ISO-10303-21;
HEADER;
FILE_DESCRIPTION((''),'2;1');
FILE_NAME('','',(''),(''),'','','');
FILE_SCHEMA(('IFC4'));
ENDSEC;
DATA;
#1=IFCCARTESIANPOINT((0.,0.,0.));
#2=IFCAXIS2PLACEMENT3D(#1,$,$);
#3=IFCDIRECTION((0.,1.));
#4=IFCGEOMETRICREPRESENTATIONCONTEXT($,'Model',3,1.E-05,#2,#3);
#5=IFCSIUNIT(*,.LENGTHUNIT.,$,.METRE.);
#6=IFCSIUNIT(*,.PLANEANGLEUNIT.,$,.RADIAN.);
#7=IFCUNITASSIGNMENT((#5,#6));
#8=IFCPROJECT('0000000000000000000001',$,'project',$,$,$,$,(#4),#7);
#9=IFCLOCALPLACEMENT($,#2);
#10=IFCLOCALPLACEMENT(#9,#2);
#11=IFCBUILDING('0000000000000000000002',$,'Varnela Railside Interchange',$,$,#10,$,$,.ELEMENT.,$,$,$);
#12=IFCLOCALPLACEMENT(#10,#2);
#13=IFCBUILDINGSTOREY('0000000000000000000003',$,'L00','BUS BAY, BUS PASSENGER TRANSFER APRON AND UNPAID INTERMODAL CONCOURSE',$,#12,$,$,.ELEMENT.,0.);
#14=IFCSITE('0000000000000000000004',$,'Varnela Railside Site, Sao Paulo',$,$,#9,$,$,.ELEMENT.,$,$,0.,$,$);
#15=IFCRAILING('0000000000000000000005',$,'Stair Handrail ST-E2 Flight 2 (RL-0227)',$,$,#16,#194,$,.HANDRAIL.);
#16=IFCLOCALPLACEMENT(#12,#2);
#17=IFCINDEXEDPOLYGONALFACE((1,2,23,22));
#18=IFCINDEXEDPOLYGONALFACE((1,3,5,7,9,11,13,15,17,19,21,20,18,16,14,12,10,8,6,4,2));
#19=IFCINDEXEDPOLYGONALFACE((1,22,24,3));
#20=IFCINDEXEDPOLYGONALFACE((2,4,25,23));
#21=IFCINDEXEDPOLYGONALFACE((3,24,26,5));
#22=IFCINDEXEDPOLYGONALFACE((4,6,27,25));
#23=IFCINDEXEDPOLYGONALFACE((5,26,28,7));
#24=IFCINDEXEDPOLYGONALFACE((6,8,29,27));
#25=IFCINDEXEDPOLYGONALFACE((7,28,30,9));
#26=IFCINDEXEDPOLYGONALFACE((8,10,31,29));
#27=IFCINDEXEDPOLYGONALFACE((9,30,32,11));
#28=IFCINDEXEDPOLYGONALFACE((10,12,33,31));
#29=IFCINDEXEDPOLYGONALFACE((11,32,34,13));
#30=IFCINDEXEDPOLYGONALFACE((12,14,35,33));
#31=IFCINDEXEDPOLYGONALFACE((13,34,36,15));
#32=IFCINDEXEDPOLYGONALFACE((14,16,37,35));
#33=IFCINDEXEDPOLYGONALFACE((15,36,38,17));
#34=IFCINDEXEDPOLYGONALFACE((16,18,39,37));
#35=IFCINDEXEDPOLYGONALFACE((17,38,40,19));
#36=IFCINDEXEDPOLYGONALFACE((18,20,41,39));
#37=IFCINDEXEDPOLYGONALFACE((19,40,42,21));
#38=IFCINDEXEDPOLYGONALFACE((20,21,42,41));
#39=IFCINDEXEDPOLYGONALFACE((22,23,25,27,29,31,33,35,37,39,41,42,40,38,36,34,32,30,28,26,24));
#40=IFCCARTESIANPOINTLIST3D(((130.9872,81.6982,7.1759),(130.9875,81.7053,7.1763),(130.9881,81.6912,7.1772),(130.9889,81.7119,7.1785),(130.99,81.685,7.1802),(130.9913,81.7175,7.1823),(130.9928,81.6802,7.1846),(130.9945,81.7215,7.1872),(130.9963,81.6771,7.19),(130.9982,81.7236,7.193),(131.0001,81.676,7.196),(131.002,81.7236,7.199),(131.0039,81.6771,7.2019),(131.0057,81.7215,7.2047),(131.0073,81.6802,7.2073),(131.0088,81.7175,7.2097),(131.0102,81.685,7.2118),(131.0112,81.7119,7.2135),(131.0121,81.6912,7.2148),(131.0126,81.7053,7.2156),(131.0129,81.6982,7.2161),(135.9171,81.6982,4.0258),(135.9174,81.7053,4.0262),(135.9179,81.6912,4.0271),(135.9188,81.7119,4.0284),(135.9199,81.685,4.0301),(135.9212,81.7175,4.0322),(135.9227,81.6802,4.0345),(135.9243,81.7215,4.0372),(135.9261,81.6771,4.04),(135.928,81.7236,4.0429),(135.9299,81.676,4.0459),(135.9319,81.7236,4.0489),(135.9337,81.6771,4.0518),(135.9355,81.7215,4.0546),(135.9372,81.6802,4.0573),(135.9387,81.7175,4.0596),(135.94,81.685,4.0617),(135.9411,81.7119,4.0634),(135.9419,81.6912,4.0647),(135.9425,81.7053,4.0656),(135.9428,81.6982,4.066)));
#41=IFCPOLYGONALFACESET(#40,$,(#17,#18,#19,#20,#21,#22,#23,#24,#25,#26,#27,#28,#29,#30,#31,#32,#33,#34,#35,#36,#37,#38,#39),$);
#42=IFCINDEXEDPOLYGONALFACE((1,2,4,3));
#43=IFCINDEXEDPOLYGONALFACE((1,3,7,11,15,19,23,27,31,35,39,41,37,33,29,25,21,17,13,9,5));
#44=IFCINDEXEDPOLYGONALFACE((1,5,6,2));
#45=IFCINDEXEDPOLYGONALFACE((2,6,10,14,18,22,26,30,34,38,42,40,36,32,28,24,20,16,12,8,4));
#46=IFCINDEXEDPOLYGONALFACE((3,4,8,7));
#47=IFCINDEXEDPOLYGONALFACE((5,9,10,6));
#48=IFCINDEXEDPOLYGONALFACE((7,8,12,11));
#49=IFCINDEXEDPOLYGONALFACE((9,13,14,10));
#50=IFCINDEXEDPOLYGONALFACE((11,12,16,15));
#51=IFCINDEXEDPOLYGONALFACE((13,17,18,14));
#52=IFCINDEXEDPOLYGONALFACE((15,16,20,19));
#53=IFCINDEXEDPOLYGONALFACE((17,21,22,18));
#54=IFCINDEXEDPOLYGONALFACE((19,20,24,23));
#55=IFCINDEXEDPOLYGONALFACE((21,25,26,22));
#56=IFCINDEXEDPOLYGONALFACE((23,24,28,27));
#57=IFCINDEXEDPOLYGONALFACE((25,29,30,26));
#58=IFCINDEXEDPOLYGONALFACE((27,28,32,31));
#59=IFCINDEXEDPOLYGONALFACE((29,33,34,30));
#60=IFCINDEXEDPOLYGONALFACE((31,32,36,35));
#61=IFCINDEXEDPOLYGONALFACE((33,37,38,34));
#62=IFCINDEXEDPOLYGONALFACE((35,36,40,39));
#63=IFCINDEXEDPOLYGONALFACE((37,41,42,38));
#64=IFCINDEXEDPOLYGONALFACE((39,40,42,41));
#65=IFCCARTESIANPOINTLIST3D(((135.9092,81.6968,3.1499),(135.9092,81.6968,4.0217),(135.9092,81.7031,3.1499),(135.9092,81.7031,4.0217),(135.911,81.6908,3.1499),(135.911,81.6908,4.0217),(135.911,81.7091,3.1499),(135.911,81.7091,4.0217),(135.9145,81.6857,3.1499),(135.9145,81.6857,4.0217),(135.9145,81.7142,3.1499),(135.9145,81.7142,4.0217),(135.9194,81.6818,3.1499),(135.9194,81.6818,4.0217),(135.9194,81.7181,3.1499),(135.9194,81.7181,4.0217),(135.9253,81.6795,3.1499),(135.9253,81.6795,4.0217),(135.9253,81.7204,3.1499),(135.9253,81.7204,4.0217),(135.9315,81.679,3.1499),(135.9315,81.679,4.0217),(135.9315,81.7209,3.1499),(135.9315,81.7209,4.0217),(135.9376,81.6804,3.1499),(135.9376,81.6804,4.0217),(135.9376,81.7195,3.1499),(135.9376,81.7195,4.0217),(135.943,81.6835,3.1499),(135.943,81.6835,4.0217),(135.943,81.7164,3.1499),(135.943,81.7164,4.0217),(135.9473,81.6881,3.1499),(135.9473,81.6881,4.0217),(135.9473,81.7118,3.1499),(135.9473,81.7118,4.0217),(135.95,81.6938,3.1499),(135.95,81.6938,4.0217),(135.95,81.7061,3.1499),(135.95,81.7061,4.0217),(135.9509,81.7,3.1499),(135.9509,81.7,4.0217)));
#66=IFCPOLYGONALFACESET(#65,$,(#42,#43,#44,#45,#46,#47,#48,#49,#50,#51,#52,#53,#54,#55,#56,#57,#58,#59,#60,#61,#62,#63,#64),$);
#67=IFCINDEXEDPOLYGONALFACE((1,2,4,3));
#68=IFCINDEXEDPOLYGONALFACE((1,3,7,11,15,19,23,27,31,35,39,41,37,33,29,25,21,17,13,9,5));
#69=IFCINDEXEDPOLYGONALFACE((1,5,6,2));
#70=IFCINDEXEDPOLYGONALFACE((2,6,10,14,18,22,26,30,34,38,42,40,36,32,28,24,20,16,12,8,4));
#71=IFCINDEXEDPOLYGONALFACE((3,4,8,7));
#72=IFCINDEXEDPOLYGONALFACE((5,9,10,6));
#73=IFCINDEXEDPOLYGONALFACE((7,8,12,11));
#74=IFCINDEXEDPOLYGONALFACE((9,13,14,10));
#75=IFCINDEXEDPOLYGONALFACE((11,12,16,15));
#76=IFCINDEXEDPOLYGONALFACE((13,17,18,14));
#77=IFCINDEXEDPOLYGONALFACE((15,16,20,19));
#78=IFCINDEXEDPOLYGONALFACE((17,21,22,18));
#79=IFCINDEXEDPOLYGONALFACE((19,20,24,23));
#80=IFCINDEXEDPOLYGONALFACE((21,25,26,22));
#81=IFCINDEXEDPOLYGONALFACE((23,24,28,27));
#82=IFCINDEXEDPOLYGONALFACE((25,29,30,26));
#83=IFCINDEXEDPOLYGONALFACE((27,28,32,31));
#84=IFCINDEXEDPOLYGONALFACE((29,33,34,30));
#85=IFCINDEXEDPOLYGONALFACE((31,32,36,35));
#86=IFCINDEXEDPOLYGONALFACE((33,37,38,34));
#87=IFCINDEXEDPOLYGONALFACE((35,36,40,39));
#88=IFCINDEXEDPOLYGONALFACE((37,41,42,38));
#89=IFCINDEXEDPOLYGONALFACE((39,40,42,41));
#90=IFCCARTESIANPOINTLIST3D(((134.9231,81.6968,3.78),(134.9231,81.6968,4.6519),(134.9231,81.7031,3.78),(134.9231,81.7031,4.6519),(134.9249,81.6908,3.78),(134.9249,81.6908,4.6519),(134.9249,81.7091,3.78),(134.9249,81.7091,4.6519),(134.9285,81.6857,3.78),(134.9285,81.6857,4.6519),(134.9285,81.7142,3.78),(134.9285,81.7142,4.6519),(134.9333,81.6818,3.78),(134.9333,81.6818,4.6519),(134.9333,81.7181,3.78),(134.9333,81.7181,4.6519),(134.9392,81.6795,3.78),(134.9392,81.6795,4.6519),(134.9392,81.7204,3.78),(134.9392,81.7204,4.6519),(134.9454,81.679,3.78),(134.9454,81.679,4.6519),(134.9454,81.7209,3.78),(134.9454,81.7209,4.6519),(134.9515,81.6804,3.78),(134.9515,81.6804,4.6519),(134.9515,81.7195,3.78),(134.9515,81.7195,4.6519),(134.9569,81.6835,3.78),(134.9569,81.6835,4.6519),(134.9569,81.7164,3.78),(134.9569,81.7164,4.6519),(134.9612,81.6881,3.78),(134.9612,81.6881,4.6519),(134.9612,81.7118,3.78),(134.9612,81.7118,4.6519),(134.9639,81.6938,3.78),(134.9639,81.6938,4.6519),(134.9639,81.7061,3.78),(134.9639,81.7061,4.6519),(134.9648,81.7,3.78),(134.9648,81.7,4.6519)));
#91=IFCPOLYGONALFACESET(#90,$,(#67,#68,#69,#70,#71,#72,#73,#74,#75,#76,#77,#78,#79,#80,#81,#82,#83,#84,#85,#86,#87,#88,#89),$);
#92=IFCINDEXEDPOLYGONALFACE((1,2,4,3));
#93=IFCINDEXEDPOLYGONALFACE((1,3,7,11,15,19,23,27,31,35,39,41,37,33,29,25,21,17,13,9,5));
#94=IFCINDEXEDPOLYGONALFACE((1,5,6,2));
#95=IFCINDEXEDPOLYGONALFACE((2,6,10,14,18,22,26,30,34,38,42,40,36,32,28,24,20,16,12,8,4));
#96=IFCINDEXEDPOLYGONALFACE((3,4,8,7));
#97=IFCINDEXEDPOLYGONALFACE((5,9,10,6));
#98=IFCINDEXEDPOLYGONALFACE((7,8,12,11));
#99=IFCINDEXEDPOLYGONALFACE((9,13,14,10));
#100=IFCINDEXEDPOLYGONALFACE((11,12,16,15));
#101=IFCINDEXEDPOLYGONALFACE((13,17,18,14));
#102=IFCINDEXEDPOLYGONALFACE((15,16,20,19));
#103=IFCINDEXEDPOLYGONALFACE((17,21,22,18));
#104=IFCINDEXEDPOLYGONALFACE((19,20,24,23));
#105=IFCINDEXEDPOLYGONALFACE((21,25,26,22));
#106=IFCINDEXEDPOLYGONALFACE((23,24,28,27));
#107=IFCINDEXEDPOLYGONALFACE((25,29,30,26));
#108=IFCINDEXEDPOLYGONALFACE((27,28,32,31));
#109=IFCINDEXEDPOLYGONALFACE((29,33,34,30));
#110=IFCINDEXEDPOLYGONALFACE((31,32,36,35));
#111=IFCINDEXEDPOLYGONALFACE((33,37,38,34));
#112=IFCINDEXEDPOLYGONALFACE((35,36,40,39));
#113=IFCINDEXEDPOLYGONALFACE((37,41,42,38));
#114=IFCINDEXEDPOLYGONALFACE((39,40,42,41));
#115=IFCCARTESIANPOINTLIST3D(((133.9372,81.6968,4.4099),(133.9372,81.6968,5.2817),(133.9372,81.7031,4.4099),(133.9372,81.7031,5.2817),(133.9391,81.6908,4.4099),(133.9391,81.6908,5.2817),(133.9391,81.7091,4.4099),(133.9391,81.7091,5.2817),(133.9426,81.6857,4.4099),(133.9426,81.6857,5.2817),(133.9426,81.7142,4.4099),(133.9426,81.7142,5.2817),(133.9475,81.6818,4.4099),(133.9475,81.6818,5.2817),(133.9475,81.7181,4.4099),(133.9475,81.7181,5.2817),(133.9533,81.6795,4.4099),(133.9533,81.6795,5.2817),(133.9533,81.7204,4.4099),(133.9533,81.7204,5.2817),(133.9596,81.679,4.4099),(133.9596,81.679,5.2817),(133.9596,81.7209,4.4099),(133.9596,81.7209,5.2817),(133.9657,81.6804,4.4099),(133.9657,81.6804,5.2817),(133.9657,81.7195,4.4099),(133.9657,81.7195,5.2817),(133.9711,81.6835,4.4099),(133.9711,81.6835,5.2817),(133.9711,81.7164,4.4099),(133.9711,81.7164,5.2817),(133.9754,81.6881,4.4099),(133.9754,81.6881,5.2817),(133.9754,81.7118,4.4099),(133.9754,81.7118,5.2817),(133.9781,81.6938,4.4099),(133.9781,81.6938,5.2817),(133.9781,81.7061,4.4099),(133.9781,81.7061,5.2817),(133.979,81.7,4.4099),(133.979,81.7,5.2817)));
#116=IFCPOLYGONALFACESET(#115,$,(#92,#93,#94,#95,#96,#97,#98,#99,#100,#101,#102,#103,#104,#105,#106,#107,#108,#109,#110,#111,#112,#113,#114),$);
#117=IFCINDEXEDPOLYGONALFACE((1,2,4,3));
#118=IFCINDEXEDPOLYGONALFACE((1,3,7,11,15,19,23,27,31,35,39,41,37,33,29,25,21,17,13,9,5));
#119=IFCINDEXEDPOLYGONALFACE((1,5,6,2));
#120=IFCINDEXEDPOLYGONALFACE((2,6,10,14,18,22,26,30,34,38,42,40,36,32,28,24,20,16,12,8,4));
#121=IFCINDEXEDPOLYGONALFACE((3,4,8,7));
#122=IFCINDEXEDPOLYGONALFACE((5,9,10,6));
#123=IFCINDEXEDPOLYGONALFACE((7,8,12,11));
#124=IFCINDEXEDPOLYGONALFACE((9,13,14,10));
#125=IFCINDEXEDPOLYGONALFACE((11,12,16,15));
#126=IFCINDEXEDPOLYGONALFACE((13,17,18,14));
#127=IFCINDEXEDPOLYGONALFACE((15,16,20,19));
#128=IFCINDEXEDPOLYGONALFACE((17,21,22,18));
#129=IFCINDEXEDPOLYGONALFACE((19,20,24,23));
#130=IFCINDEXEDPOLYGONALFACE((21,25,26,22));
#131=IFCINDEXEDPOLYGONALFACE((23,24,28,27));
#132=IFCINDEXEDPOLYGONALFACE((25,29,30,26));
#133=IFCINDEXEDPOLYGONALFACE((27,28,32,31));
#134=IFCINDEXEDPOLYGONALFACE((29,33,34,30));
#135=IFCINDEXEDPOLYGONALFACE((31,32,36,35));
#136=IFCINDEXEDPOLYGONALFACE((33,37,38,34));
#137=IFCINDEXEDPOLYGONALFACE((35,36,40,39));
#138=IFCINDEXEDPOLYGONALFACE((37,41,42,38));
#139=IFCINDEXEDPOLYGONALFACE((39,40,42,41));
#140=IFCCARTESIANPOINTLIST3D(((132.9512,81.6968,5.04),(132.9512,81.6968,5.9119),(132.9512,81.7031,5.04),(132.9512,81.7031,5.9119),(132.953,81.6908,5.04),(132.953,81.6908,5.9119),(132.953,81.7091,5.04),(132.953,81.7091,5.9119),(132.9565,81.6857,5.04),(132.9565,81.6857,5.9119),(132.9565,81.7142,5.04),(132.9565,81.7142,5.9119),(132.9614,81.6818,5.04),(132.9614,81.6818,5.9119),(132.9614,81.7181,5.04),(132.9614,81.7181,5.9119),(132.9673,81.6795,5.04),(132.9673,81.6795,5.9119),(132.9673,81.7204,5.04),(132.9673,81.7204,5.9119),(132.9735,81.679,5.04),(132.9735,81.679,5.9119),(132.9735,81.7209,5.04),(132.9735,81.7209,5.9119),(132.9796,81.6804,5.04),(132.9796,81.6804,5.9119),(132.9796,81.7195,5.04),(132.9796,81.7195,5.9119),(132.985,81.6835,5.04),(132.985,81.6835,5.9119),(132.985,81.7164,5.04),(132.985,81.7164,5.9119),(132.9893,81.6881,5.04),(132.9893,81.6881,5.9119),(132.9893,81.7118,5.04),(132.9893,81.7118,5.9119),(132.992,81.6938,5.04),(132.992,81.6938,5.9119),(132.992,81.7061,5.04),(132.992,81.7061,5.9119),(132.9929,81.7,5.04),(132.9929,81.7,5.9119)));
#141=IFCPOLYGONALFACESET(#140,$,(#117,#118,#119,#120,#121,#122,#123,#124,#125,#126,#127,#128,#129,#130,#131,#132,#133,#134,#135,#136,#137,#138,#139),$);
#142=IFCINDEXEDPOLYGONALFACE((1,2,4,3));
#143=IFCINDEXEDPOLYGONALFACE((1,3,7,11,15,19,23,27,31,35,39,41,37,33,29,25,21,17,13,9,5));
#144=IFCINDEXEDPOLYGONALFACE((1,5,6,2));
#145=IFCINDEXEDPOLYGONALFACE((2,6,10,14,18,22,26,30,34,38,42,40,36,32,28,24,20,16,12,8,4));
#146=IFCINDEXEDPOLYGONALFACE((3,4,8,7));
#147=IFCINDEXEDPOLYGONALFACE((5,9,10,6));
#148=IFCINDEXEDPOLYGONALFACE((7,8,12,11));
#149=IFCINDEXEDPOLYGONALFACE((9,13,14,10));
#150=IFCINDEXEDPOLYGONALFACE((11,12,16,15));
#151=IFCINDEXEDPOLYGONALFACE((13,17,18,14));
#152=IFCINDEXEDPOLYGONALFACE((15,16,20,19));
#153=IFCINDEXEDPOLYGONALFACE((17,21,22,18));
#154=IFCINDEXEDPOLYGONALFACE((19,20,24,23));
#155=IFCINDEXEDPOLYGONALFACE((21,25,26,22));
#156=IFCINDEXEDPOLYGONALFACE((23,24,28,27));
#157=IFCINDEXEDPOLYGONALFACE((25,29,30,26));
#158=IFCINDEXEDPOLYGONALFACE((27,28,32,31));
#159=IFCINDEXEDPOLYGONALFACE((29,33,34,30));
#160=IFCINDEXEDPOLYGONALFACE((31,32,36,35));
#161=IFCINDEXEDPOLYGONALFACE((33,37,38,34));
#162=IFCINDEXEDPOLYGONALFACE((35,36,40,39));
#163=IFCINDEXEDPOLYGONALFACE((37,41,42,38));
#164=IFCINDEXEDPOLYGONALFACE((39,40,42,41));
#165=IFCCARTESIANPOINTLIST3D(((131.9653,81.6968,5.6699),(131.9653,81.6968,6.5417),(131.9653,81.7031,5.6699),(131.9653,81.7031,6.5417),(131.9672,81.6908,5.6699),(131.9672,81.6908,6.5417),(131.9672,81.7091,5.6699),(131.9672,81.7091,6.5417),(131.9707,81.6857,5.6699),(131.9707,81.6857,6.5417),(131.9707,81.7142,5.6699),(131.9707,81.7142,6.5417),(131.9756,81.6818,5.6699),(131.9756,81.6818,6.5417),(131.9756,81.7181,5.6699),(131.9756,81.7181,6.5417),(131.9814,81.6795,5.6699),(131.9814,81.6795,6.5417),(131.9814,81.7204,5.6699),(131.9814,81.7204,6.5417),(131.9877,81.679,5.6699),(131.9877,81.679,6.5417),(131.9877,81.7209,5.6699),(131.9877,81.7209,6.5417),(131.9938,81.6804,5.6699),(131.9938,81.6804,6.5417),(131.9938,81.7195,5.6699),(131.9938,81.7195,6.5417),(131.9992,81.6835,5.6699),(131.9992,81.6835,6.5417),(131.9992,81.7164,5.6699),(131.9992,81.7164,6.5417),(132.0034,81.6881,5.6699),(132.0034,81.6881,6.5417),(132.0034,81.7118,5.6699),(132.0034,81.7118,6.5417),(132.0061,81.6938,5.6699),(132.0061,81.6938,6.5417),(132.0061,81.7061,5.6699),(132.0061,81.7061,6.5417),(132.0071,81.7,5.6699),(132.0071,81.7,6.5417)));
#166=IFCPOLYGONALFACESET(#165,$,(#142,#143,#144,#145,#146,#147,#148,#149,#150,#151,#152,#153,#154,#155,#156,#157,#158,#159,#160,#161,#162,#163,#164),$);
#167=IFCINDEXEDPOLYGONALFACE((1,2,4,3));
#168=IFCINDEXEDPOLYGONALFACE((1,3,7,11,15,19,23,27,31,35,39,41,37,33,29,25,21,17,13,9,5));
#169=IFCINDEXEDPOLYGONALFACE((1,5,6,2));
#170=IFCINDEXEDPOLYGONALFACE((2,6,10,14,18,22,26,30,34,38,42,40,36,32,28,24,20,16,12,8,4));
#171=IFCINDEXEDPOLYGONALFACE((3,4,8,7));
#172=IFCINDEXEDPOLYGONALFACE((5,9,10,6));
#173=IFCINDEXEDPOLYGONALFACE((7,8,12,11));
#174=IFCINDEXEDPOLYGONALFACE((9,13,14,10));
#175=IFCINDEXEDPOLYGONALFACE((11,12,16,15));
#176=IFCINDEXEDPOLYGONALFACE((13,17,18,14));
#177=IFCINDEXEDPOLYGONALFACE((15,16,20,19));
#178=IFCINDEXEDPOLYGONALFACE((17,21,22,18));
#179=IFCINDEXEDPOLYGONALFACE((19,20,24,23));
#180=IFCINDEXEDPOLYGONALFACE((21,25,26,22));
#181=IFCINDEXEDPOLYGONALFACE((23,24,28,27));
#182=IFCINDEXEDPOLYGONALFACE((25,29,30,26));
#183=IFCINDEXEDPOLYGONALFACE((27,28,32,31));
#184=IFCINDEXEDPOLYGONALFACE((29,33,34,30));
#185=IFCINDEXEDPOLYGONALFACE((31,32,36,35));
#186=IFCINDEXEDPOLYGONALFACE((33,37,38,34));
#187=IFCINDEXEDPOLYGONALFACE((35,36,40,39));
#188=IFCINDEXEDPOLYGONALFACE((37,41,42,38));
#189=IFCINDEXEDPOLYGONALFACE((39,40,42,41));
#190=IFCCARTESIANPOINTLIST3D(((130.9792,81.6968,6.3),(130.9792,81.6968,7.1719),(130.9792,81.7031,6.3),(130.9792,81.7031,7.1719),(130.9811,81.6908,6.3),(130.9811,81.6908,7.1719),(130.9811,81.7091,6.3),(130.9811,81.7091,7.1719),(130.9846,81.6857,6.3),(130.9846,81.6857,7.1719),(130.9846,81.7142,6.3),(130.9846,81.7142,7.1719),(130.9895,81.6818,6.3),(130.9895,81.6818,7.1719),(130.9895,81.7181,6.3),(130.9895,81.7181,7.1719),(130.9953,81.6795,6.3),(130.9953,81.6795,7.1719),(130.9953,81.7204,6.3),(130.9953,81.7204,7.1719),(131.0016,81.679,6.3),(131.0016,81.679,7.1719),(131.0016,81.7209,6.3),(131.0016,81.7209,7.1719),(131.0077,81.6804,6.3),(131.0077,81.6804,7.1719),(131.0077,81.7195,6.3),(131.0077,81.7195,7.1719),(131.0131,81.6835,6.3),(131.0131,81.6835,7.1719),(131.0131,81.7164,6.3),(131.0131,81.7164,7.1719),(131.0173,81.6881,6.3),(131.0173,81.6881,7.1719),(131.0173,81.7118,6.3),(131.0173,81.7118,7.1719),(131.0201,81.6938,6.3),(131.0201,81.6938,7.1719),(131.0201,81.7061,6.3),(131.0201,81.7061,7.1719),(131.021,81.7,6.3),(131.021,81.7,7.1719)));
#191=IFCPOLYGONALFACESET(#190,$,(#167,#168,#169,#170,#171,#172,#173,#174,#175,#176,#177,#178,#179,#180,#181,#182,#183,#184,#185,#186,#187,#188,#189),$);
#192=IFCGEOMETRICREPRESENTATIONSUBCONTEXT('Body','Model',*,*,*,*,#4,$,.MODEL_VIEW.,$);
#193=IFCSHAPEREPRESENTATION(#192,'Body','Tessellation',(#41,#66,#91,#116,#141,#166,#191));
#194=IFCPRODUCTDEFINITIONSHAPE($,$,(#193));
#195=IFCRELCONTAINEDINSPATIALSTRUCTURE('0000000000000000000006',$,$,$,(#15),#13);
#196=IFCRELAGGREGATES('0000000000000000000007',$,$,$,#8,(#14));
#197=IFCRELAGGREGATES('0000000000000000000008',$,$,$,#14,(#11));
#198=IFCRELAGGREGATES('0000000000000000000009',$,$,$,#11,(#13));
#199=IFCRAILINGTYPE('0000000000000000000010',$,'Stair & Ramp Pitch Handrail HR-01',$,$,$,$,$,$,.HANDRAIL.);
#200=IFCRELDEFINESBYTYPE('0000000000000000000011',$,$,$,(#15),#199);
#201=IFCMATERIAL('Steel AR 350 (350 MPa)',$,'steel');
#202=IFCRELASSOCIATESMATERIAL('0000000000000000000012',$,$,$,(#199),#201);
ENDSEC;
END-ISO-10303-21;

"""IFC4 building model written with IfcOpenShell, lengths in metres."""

from ifc_helpers import new_model, si_unit, direction, frame, origin, origin_2d, place, context, subcontext, project, spatial, circle, extrude, material, type_object, element, save


model = new_model("IFC4")

# Units and contexts
model_context = context("Model", 3, precision=1e-05, world=origin(), true_north=direction((0.0, 1.0)))
body_context = subcontext(model_context, "Body", "Model", "MODEL_VIEW")
ifc_project = project(units=[si_unit("LENGTHUNIT", "METRE"), si_unit("PLANEANGLEUNIT", "RADIAN")], contexts=[model_context])

# Site, building, storey
site_placement = place(None, origin())
site = spatial("IfcSite", under=ifc_project, at=site_placement, Name="Varnela Railside Site, Sao Paulo", CompositionType="ELEMENT", RefElevation=0.0)
building_placement = place(site_placement, origin())
building = spatial("IfcBuilding", under=site, at=building_placement, Name="Varnela Railside Interchange", CompositionType="ELEMENT")
storey_placement = place(building_placement, origin())
storey = spatial("IfcBuildingStorey", under=building, at=storey_placement, Name="L00", Description="BUS BAY, BUS PASSENGER TRANSFER APRON AND UNPAID INTERMODAL CONCOURSE", CompositionType="ELEMENT", Elevation=0.0)

# Shared definitions
ifc_material_1 = material(Name="Steel AR 350 (350 MPa)", Category="steel")

# Railing
railing_type_1 = type_object("IfcRailingType", Name="Stair & Ramp Pitch Handrail HR-01", PredefinedType="HANDRAIL", material=ifc_material_1)
railing_1_placement = place(storey_placement, frame((135.9299, 81.7, 3.1499)))
element("IfcRailing", 1, at=railing_1_placement, inside=storey, type_object=railing_type_1, Name="Stair Handrail ST-E2 Flight 2 (RL-0227)", PredefinedType="HANDRAIL", context=body_context, shape_type="SweptSolid", body=[
    extrude(circle(Radius=0.0239, at=origin_2d()), frame((0.0, 0.0, 0.896), z_axis=(-0.84266, 0.0, 0.538446), x_axis=(0.0, -1.0, 0.0)), (0.0, 0.0, 1.0), 5.8503),
    extrude(circle(Radius=0.021, at=origin_2d()), origin(), (0.0, 0.0, 1.0), 0.8718),
    extrude(circle(Radius=0.021, at=origin_2d()), frame((-0.9861, 0.0, 0.6301)), (0.0, 0.0, 1.0), 0.8718),
    extrude(circle(Radius=0.021, at=origin_2d()), frame((-1.9719, 0.0, 1.26)), (0.0, 0.0, 1.0), 0.8718),
    extrude(circle(Radius=0.021, at=origin_2d()), frame((-2.958, 0.0, 1.8901)), (0.0, 0.0, 1.0), 0.8718),
    extrude(circle(Radius=0.021, at=origin_2d()), frame((-3.9438, 0.0, 2.52)), (0.0, 0.0, 1.0), 0.8718),
    extrude(circle(Radius=0.021, at=origin_2d()), frame((-4.9299, 0.0, 3.1501)), (0.0, 0.0, 1.0), 0.8718),
])

save(model, "model.ifc")
